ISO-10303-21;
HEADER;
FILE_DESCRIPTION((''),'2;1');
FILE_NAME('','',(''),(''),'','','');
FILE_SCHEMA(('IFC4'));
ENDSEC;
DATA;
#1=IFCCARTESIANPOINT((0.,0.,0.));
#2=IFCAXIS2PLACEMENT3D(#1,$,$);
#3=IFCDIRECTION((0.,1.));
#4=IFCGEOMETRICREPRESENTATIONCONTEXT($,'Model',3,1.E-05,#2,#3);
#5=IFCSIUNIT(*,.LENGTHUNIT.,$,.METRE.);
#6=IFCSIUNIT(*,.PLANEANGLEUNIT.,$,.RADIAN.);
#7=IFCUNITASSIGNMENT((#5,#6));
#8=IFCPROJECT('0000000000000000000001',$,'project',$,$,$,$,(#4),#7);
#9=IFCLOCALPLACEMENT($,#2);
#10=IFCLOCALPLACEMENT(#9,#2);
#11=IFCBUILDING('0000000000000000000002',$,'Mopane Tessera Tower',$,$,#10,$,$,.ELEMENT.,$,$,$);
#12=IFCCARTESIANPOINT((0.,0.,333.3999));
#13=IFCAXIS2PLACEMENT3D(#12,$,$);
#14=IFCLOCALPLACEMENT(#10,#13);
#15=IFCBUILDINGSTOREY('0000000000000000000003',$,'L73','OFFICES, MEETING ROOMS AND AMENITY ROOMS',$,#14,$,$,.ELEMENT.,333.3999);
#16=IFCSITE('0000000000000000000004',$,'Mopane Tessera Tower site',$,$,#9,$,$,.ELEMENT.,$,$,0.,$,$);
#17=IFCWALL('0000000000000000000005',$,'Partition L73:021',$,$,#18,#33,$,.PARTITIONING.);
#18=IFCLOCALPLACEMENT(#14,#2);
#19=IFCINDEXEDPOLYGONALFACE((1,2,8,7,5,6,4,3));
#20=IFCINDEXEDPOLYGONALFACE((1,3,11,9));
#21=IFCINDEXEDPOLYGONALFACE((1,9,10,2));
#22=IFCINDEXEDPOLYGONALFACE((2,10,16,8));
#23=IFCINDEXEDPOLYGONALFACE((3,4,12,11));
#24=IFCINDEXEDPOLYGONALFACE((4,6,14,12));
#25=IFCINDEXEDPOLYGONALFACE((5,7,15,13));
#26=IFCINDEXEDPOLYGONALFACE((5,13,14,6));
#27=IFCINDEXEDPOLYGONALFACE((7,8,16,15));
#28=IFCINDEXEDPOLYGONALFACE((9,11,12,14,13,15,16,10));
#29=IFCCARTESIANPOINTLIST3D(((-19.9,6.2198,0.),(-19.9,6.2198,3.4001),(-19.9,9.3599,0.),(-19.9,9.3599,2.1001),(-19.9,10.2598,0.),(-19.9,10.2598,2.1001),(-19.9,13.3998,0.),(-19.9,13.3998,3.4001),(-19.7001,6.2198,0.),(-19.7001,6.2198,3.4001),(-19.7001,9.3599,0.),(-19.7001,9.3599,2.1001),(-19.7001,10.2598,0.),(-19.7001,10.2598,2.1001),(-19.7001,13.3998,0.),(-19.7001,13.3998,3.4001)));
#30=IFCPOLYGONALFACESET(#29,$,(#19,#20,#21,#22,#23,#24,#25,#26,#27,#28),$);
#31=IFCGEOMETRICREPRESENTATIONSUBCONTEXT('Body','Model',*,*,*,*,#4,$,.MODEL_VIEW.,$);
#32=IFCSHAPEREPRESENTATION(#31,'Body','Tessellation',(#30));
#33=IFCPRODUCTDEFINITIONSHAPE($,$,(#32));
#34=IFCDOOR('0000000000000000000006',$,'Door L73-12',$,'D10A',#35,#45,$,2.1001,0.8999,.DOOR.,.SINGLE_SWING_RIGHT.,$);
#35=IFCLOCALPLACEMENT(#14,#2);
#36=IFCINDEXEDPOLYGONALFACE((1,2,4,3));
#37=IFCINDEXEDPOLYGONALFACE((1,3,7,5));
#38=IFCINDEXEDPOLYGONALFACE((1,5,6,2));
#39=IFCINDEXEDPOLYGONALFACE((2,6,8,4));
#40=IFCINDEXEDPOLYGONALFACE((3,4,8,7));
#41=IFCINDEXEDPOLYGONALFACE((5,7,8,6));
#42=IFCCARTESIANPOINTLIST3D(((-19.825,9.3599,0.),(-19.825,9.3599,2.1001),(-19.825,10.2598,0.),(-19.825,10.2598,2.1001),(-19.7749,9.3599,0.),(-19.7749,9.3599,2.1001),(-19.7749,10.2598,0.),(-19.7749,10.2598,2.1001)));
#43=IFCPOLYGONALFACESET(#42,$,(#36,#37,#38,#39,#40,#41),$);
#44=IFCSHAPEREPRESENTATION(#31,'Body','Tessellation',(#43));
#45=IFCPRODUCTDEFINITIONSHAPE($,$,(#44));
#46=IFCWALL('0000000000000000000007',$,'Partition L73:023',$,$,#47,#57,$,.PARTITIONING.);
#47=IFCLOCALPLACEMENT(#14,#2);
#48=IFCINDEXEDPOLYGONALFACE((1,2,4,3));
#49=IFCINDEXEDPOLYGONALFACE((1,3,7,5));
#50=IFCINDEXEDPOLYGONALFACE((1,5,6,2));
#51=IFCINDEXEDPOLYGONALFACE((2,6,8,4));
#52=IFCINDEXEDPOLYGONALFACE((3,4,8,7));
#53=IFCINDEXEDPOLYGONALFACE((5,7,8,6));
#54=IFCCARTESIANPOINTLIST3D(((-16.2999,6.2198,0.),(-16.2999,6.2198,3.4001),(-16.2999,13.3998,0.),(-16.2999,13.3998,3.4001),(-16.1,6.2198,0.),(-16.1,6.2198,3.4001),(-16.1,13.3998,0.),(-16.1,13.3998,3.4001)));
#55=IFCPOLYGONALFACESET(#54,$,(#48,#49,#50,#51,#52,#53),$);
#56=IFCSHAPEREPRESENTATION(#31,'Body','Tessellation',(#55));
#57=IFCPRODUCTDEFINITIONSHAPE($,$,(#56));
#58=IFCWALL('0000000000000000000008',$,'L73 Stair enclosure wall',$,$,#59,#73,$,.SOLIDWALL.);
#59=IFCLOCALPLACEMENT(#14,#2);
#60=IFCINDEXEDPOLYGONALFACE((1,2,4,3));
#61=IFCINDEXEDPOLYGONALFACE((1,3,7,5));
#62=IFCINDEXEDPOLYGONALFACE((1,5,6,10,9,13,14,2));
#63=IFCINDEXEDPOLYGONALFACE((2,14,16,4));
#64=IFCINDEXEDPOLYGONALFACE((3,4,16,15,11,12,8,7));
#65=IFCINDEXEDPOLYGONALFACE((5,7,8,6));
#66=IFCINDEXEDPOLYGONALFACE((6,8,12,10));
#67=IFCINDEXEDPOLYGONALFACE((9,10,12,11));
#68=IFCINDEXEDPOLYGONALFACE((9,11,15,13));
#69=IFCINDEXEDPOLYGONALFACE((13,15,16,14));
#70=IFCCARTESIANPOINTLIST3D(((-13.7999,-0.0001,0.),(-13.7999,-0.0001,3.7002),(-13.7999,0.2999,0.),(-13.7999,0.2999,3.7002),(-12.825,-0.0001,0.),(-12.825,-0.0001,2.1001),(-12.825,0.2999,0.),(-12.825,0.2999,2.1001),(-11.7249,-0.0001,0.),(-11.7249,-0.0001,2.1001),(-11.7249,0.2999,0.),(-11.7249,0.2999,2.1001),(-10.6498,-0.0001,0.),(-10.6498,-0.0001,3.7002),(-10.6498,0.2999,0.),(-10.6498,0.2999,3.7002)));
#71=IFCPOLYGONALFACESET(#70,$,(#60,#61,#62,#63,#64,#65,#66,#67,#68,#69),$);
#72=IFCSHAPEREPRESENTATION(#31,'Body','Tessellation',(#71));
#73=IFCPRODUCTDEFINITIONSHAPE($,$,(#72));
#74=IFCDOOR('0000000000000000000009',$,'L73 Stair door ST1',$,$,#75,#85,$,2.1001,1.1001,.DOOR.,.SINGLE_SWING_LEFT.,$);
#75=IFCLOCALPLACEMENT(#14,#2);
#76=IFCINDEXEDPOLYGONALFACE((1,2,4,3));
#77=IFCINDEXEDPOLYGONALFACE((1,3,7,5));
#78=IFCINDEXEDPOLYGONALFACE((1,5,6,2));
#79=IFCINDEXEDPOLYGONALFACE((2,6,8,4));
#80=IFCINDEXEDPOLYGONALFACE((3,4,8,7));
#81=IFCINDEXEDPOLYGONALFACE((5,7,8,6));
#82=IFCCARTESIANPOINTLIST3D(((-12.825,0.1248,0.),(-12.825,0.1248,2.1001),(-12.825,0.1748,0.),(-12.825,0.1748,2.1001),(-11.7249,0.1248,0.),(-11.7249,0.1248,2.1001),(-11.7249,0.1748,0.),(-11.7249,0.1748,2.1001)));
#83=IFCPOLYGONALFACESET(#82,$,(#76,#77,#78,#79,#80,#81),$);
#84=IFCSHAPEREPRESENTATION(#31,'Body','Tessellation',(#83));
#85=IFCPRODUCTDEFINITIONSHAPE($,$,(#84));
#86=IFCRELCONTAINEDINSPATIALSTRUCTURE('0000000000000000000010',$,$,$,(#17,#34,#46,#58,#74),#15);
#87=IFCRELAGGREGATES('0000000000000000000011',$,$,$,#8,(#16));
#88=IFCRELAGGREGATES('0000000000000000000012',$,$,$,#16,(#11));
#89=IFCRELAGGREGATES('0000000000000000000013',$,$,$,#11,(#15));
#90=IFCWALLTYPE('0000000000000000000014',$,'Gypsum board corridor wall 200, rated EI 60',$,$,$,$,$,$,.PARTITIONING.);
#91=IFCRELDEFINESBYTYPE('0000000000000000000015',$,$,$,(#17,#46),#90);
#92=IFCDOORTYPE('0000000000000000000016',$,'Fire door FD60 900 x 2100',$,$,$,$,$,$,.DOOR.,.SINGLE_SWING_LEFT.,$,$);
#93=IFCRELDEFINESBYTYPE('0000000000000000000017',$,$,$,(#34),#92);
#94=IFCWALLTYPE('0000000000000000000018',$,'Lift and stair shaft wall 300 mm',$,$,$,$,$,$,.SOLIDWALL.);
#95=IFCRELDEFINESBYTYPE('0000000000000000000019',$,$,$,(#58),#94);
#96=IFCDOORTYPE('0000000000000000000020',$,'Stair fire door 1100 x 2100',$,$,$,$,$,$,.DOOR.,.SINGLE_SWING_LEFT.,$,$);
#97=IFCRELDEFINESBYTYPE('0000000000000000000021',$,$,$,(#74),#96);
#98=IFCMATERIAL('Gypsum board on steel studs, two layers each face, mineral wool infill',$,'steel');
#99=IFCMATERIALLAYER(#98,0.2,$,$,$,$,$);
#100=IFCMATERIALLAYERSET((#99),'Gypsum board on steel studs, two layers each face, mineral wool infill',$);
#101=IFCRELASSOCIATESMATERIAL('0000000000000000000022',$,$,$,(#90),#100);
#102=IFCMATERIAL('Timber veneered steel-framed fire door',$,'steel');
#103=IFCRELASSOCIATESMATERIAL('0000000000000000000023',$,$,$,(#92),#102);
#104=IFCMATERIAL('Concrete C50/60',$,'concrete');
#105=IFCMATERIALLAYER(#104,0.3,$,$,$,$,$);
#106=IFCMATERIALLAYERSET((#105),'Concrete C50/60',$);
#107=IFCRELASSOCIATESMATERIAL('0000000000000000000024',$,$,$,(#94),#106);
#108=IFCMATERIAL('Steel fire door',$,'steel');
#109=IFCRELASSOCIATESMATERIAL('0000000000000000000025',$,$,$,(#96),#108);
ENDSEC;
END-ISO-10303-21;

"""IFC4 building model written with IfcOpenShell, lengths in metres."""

from ifc_helpers import new_model, si_unit, direction, frame, frame_2d, origin, place, context, subcontext, project, spatial, rectangle, extrude, material, layer, layer_set, type_object, element, fill, save


model = new_model("IFC4")

# Units and contexts
model_context = context("Model", 3, precision=1e-05, world=origin(), true_north=direction((0.0, 1.0)))
body_context = subcontext(model_context, "Body", "Model", "MODEL_VIEW")
ifc_project = project(units=[si_unit("LENGTHUNIT", "METRE"), si_unit("PLANEANGLEUNIT", "RADIAN")], contexts=[model_context])

# Site, building, storey
site_placement = place(None, origin())
site = spatial("IfcSite", under=ifc_project, at=site_placement, Name="Mopane Tessera Tower site", CompositionType="ELEMENT", RefElevation=0.0)
building_placement = place(site_placement, origin())
building = spatial("IfcBuilding", under=site, at=building_placement, Name="Mopane Tessera Tower", CompositionType="ELEMENT")
storey_placement = place(building_placement, frame((0.0, 0.0, 333.3999)))
storey = spatial("IfcBuildingStorey", under=building, at=storey_placement, Name="L73", Description="OFFICES, MEETING ROOMS AND AMENITY ROOMS", CompositionType="ELEMENT", Elevation=333.3999)

# Shared definitions
ifc_material_1 = material(Name="Gypsum board on steel studs, two layers each face, mineral wool infill", Category="steel")
ifc_layer_1 = layer(ifc_material_1, 0.2)
ifc_layer_set_1 = layer_set([ifc_layer_1], Name="Gypsum board on steel studs, two layers each face, mineral wool infill")
wall_type_1 = type_object("IfcWallType", Name="Gypsum board corridor wall 200, rated EI 60", PredefinedType="PARTITIONING", material=ifc_layer_set_1)

# Wall, opening, door
wall_1_placement = place(storey_placement, frame((-19.8, 6.22, 0.0), z_axis=(0.0, 0.0, 1.0), x_axis=(0.0, 1.0, 0.0)))
wall_1 = element("IfcWall", 1, at=wall_1_placement, inside=storey, type_object=wall_type_1, Name="Partition L73:021", PredefinedType="PARTITIONING", context=body_context, shape_type="SweptSolid", body=[
    extrude(rectangle(XDim=7.1799, YDim=0.2, at=frame_2d((3.5898, 0.0))), origin(), (0.0, 0.0, 1.0), 3.4001),
])
opening_1_placement = place(wall_1_placement, frame((3.1399, 0.0, 0.0)))
opening_1 = element("IfcOpeningElement", 2, at=opening_1_placement, cuts=wall_1, PredefinedType="OPENING", context=body_context, shape_type="SweptSolid", body=[
    extrude(rectangle(XDim=0.8999, YDim=2.1001, at=frame_2d((0.45, 1.05))), frame((0.0, 0.1121, 0.0), z_axis=(0.0, -1.0, 0.0), x_axis=(1.0, 0.0, 0.0)), (0.0, 0.0, 1.0), 0.2239),
])
ifc_material_2 = material(Name="Timber veneered steel-framed fire door", Category="steel")
door_type_1 = type_object("IfcDoorType", Name="Fire door FD60 900 x 2100", OperationType="SINGLE_SWING_LEFT", PredefinedType="DOOR", material=ifc_material_2)
door_1_placement = place(opening_1_placement, origin())
door_1 = element("IfcDoor", 3, at=door_1_placement, inside=storey, type_object=door_type_1, Name="Door L73-12", ObjectType="D10A", OperationType="SINGLE_SWING_RIGHT", OverallHeight=2.1001, OverallWidth=0.8999, PredefinedType="DOOR", context=body_context, shape_type="SweptSolid", body=[
    extrude(rectangle(XDim=0.8999, YDim=2.1001, at=frame_2d((0.45, 1.05))), frame((0.0, 0.0249, 0.0), z_axis=(0.0, -1.0, 0.0), x_axis=(1.0, 0.0, 0.0)), (0.0, 0.0, 1.0), 0.05),
])
fill(opening_1, door_1)

# Wall
wall_2_placement = place(storey_placement, frame((-16.2, 6.22, 0.0), z_axis=(0.0, 0.0, 1.0), x_axis=(0.0, 1.0, 0.0)))
element("IfcWall", 4, at=wall_2_placement, inside=storey, type_object=wall_type_1, Name="Partition L73:023", PredefinedType="PARTITIONING", context=body_context, shape_type="SweptSolid", body=[
    extrude(rectangle(XDim=7.1799, YDim=0.2, at=frame_2d((3.5898, 0.0))), origin(), (0.0, 0.0, 1.0), 3.4001),
])

# Wall, opening, door
ifc_material_3 = material(Name="Concrete C50/60", Category="concrete")
ifc_layer_2 = layer(ifc_material_3, 0.3)
ifc_layer_set_2 = layer_set([ifc_layer_2], Name="Concrete C50/60")
wall_type_2 = type_object("IfcWallType", Name="Lift and stair shaft wall 300 mm", PredefinedType="SOLIDWALL", material=ifc_layer_set_2)
wall_3_placement = place(storey_placement, frame((-13.8, 0.1499, 0.0), z_axis=(0.0, 0.0, 1.0), x_axis=(1.0, 0.0, 0.0)))
wall_3 = element("IfcWall", 5, at=wall_3_placement, inside=storey, type_object=wall_type_2, Name="L73 Stair enclosure wall", PredefinedType="SOLIDWALL", context=body_context, shape_type="SweptSolid", body=[
    extrude(rectangle(XDim=3.1501, YDim=0.3, at=frame_2d((1.5752, 0.0))), origin(), (0.0, 0.0, 1.0), 3.7002),
])
opening_2_placement = place(wall_3_placement, frame((0.9751, 0.0, 0.0)))
opening_2 = element("IfcOpeningElement", 6, at=opening_2_placement, cuts=wall_3, PredefinedType="OPENING", context=body_context, shape_type="SweptSolid", body=[
    extrude(rectangle(XDim=1.1001, YDim=2.1001, at=frame_2d((0.55, 1.05))), frame((0.0, 0.1621, 0.0), z_axis=(0.0, -1.0, 0.0), x_axis=(1.0, 0.0, 0.0)), (0.0, 0.0, 1.0), 0.324),
])
ifc_material_4 = material(Name="Steel fire door", Category="steel")
door_type_2 = type_object("IfcDoorType", Name="Stair fire door 1100 x 2100", OperationType="SINGLE_SWING_LEFT", PredefinedType="DOOR", material=ifc_material_4)
door_2_placement = place(opening_2_placement, origin())
door_2 = element("IfcDoor", 7, at=door_2_placement, inside=storey, type_object=door_type_2, Name="L73 Stair door ST1", OperationType="SINGLE_SWING_LEFT", OverallHeight=2.1001, OverallWidth=1.1001, PredefinedType="DOOR", context=body_context, shape_type="SweptSolid", body=[
    extrude(rectangle(XDim=1.1001, YDim=2.1001, at=frame_2d((0.55, 1.05))), frame((0.0, 0.0249, 0.0), z_axis=(0.0, -1.0, 0.0), x_axis=(1.0, 0.0, 0.0)), (0.0, 0.0, 1.0), 0.05),
])
fill(opening_2, door_2)

save(model, "model.ifc")
